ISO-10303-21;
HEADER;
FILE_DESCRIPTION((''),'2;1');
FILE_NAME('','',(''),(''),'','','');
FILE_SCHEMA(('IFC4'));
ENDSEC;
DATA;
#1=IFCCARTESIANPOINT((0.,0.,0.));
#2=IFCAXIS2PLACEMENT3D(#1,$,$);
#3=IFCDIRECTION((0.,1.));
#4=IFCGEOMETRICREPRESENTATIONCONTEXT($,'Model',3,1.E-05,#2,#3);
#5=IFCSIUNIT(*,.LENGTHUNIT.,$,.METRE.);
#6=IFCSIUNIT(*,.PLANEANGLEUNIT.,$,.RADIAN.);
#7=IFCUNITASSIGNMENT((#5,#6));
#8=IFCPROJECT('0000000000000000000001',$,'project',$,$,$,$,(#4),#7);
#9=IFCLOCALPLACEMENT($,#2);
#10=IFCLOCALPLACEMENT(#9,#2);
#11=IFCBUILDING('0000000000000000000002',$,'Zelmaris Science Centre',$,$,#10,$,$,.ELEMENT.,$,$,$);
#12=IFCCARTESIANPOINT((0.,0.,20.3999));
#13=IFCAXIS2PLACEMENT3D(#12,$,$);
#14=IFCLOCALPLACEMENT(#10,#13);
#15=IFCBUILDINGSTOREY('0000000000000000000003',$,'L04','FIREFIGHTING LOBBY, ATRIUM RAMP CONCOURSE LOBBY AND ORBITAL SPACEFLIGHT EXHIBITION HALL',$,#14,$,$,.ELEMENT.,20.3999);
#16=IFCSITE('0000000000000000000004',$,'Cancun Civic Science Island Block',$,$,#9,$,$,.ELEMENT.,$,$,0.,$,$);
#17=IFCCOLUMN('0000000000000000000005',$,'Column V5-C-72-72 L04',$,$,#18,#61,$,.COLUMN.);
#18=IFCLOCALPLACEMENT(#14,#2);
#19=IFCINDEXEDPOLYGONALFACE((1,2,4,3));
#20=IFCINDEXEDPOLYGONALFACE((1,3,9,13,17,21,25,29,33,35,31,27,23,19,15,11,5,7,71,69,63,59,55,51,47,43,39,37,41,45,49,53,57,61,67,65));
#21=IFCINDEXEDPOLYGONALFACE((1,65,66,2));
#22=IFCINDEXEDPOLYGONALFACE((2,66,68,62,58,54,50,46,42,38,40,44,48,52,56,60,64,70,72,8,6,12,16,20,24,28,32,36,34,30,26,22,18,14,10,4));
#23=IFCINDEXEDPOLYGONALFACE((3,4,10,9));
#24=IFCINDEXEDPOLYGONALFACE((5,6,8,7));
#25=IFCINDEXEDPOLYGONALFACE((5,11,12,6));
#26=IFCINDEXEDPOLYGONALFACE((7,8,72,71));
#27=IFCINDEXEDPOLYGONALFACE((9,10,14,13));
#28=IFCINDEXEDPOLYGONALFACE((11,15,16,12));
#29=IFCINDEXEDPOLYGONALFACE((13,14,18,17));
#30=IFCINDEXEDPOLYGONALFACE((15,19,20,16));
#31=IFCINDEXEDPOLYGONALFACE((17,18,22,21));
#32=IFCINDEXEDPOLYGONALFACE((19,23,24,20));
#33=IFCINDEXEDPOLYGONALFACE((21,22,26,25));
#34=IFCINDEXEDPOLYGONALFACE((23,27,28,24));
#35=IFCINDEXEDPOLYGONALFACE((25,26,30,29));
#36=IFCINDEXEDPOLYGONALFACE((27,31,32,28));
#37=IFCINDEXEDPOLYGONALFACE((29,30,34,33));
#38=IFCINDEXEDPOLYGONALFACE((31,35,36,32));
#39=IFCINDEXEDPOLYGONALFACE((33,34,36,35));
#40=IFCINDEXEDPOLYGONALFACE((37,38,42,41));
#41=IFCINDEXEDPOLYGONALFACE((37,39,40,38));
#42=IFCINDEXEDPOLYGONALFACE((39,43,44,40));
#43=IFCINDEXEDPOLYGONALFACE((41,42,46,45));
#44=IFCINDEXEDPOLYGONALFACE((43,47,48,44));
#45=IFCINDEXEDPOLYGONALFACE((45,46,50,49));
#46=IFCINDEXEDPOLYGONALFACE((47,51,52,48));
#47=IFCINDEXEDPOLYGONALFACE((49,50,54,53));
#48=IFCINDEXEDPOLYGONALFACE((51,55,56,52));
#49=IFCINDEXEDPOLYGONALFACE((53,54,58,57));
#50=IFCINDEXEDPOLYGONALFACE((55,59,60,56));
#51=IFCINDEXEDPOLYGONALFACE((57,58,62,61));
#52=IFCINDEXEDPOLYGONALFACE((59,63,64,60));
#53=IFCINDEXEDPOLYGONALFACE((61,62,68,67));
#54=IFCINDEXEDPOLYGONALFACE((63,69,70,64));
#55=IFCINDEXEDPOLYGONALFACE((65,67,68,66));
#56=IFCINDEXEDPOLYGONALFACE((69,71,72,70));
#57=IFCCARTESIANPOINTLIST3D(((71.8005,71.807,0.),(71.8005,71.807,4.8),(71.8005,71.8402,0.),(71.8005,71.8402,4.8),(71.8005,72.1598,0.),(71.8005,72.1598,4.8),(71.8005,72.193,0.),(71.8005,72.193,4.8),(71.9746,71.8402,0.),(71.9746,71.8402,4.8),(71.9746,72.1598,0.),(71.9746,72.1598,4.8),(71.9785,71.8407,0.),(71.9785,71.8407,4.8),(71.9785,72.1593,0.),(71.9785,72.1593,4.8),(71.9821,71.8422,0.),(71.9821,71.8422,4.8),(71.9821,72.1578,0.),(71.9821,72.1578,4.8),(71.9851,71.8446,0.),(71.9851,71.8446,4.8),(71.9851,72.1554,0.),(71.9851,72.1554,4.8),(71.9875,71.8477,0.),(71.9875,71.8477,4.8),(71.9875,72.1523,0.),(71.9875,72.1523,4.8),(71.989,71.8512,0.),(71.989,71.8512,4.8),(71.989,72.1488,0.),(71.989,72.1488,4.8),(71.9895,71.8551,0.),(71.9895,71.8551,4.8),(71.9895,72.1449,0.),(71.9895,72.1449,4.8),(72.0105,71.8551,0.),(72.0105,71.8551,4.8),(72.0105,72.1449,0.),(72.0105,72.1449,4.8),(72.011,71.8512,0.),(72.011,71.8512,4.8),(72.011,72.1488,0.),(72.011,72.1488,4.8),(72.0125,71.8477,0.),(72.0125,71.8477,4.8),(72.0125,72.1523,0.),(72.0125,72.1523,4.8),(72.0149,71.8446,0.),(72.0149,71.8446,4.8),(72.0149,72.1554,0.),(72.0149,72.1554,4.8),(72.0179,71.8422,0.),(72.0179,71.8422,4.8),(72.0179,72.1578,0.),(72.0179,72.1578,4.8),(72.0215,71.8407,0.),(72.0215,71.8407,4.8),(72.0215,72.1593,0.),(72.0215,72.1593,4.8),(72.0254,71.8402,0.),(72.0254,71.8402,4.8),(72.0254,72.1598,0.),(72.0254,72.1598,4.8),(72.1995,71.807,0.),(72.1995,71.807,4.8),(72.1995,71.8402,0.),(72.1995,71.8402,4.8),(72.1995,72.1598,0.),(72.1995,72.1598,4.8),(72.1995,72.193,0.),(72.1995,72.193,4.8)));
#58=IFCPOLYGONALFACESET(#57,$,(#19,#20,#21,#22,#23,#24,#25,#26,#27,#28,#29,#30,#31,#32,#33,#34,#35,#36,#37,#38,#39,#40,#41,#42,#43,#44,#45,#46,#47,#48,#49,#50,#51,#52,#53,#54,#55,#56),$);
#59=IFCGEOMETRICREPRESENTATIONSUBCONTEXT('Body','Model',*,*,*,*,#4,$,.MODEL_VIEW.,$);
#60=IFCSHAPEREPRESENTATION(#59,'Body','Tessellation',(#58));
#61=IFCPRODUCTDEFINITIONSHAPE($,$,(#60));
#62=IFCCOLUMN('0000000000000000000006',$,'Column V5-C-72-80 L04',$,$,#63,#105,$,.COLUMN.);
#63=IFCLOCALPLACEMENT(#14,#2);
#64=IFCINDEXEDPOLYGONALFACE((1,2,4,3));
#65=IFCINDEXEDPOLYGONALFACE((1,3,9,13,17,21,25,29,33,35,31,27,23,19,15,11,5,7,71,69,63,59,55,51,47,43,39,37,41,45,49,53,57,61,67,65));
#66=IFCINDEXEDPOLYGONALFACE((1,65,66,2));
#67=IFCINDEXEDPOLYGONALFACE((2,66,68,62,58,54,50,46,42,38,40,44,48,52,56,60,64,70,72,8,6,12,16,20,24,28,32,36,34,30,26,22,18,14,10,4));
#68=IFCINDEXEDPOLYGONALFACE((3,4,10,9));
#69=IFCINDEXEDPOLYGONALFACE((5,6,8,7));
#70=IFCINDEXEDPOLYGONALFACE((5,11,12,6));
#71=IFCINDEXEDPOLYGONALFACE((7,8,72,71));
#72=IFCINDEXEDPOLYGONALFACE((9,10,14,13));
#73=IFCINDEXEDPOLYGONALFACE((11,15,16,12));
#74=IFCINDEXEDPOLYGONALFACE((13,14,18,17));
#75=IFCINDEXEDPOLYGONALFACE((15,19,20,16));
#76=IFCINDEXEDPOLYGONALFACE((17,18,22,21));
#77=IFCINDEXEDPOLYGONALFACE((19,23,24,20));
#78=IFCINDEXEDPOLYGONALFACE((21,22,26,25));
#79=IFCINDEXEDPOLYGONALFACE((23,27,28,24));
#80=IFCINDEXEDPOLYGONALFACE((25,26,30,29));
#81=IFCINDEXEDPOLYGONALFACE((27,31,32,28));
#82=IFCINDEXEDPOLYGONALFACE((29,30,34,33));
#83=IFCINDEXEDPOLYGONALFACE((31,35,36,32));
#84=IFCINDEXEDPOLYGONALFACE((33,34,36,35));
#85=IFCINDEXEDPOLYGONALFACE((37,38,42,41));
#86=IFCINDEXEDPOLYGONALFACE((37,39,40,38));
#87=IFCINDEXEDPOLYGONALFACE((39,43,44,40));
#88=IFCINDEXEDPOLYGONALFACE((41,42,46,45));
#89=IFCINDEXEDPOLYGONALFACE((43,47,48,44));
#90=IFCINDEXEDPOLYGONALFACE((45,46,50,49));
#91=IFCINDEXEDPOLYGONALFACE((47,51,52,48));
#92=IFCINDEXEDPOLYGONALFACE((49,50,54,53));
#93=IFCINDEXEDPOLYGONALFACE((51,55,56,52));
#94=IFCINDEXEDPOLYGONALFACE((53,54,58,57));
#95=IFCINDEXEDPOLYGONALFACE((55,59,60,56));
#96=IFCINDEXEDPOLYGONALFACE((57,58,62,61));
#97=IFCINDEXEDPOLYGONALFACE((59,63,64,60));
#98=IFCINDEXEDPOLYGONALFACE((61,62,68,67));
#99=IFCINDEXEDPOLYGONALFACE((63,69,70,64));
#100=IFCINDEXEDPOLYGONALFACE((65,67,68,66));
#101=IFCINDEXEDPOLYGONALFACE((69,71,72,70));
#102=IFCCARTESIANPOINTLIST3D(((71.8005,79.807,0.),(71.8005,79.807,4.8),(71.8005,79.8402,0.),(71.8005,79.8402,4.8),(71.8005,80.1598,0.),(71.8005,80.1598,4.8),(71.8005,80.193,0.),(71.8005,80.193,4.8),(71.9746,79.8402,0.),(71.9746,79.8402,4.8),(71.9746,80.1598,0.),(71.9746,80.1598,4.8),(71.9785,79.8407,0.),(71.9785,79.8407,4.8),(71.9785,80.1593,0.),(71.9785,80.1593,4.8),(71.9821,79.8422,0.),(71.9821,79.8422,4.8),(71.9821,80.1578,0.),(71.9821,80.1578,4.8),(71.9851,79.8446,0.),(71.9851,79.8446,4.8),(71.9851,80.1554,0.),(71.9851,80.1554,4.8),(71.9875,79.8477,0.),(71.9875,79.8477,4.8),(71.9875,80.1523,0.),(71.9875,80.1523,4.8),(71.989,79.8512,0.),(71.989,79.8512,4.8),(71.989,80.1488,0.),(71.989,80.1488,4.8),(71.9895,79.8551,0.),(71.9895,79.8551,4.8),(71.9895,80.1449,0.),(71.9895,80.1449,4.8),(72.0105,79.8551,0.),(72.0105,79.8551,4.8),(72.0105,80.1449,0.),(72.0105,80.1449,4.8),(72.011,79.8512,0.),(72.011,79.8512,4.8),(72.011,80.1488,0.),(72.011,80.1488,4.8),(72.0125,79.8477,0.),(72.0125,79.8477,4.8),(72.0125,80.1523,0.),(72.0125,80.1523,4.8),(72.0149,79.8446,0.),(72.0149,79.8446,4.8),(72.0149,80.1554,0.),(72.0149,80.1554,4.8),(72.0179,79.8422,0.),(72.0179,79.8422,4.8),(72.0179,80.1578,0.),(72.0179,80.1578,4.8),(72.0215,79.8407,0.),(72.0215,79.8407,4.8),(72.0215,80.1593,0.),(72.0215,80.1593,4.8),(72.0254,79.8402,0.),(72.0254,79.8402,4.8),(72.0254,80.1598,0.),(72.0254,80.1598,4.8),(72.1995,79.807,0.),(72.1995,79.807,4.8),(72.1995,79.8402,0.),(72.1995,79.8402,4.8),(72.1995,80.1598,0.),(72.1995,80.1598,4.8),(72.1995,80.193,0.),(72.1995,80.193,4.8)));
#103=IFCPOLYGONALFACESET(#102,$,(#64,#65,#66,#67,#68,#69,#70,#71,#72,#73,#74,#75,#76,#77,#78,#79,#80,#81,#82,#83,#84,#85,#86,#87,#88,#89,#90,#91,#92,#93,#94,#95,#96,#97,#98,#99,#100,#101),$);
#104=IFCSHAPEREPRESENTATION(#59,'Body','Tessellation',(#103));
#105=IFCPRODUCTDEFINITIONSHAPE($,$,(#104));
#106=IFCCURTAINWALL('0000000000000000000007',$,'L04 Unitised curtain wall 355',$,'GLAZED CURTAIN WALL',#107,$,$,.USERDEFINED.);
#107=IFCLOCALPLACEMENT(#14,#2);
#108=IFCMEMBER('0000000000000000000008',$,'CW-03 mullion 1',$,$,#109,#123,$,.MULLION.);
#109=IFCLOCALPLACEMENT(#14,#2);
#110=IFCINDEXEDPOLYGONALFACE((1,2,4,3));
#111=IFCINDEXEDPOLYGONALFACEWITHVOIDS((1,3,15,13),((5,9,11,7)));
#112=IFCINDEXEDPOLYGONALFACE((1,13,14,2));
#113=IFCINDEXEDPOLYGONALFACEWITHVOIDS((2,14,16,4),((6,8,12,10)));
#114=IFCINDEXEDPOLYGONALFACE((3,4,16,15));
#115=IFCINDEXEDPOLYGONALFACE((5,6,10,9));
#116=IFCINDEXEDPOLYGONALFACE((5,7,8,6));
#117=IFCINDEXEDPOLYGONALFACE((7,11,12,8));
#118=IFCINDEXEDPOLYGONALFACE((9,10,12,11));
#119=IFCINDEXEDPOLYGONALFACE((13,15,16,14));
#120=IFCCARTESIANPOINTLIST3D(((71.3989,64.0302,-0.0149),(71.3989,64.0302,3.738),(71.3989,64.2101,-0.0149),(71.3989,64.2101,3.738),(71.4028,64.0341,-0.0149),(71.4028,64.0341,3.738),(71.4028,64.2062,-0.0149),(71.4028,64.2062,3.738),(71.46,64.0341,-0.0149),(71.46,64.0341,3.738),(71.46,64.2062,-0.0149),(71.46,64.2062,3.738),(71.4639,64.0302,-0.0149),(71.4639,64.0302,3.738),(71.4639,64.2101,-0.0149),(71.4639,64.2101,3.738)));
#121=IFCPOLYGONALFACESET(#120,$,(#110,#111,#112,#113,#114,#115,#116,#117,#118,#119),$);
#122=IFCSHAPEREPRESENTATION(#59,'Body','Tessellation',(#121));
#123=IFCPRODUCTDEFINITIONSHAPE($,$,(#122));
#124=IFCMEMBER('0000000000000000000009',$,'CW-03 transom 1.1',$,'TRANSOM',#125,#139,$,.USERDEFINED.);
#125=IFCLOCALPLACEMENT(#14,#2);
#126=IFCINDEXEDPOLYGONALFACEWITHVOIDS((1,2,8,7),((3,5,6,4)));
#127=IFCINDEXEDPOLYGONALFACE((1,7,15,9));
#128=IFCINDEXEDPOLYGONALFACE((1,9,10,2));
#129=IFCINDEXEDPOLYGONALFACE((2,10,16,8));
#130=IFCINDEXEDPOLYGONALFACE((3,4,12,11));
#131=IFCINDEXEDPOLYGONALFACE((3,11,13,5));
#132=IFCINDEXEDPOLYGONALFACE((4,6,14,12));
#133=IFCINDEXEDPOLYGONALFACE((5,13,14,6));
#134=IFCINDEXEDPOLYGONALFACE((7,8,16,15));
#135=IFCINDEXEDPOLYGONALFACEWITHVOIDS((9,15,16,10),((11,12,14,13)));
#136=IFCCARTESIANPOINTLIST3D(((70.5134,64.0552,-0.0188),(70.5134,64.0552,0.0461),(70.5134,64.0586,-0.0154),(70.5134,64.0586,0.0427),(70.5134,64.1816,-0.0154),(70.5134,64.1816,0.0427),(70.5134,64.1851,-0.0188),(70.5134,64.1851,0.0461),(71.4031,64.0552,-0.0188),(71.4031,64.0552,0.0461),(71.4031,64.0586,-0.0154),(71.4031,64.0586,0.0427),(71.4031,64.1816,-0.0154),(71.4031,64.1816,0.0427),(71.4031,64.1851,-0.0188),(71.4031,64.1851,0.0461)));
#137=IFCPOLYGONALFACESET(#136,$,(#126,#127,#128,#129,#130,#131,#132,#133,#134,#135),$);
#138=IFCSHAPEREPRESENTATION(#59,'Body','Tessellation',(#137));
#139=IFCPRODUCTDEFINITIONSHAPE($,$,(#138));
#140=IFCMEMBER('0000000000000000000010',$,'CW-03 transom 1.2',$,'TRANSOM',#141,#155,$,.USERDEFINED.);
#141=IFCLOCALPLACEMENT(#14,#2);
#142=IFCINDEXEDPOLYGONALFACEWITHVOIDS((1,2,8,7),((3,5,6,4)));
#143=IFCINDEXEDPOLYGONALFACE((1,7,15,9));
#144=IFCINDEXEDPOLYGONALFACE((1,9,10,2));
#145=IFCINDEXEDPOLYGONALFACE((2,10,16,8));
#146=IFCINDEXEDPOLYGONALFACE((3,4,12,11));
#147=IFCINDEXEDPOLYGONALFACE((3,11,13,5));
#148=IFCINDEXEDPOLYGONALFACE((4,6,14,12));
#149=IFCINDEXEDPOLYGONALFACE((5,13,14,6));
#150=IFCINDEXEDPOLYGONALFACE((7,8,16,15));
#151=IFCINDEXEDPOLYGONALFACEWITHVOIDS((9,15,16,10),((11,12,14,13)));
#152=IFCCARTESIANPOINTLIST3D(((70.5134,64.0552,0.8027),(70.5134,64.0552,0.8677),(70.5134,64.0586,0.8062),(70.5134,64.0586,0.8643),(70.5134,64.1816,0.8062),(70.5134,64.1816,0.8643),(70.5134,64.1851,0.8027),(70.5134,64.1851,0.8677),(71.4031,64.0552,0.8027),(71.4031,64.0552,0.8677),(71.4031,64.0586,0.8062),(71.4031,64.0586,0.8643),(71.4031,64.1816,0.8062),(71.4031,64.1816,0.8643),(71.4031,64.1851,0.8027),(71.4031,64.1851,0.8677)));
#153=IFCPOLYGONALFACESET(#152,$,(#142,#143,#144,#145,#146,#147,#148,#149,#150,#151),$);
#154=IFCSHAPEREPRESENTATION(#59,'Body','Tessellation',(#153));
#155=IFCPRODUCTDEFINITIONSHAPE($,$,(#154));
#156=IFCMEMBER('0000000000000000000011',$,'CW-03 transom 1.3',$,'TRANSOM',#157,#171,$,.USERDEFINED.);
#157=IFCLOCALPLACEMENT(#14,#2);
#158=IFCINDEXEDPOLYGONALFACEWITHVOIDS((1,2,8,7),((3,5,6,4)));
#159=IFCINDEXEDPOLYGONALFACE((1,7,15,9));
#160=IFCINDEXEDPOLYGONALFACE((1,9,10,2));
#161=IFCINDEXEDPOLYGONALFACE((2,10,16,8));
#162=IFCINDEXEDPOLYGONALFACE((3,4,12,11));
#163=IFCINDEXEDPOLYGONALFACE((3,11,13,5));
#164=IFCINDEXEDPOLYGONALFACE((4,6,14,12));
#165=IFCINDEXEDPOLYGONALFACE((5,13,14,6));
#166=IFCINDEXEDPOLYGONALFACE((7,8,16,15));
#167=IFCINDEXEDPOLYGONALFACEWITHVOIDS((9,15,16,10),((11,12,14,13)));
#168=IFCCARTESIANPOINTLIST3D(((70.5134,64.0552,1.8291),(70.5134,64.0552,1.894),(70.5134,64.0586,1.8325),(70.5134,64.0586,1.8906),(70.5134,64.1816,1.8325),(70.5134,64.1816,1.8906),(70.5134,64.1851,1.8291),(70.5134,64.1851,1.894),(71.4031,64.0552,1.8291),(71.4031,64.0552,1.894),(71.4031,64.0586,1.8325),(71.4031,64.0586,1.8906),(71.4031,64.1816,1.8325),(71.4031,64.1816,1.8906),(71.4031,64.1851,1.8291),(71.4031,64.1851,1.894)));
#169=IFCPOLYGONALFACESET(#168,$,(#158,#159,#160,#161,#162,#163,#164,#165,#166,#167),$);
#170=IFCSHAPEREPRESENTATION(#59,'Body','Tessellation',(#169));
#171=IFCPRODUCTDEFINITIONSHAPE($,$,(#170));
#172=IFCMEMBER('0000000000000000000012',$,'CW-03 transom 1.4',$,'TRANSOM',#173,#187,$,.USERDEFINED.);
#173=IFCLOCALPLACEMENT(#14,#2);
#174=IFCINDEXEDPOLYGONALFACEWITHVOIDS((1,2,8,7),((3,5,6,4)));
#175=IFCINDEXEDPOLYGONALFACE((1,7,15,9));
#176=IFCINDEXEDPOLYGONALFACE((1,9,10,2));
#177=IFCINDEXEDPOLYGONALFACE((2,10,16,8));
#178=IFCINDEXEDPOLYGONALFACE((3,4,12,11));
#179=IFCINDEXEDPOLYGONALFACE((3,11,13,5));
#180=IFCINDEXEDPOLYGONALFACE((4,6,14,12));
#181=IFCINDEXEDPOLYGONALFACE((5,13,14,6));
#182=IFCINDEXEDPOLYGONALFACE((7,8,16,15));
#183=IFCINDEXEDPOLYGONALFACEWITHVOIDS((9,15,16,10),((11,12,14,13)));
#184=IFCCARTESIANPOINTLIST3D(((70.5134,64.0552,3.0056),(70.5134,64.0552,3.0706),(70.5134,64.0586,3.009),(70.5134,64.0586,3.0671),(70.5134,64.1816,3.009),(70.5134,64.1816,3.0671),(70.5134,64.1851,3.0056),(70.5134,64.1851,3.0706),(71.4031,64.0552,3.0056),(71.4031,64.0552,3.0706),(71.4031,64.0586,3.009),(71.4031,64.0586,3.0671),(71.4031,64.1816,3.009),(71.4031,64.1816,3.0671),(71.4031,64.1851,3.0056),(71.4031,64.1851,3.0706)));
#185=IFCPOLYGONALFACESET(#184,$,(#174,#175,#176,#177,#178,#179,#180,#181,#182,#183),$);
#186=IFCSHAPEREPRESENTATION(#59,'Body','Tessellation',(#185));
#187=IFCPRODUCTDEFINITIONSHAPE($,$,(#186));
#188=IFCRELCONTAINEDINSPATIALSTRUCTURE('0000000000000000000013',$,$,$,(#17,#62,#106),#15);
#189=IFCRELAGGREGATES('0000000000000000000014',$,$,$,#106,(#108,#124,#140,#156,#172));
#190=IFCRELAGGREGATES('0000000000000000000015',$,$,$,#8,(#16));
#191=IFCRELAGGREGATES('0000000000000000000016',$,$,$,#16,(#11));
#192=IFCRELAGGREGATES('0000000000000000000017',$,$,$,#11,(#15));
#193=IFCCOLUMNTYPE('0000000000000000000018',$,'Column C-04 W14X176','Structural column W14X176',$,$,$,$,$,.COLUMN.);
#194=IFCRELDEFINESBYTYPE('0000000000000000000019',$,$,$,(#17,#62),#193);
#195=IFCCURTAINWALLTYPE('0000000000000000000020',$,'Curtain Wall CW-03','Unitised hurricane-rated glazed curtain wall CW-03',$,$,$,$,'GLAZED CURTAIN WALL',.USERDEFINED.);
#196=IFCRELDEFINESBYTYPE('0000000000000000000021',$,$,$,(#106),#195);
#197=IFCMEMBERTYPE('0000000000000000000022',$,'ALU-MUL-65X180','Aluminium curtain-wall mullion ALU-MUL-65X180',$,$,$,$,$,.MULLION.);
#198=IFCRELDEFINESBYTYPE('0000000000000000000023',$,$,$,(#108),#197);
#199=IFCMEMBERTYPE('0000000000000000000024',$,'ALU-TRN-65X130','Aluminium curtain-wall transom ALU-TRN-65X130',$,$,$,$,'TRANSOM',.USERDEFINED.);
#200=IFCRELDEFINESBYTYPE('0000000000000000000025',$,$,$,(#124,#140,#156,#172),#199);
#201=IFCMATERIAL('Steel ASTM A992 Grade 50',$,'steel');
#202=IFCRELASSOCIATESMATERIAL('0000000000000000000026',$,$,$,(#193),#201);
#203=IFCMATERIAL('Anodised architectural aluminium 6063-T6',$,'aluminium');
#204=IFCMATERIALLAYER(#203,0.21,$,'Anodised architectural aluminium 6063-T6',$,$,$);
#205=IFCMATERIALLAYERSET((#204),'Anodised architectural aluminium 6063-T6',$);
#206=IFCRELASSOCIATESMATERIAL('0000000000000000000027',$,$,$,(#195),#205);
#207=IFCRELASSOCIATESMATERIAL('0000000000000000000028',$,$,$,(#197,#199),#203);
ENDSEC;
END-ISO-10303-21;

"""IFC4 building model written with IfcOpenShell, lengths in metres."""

from ifc_helpers import new_model, si_unit, direction, frame, origin, origin_2d, place, context, subcontext, project, spatial, hollow_rectangle, i_section, extrude, material, layer, layer_set, material_profile, profile_set, type_object, element, aggregate, save


model = new_model("IFC4")

# Units and contexts
model_context = context("Model", 3, precision=1e-05, world=origin(), true_north=direction((0.0, 1.0)))
body_context = subcontext(model_context, "Body", "Model", "MODEL_VIEW")
ifc_project = project(units=[si_unit("LENGTHUNIT", "METRE"), si_unit("PLANEANGLEUNIT", "RADIAN")], contexts=[model_context])

# Site, building, storey
site_placement = place(None, origin())
site = spatial("IfcSite", under=ifc_project, at=site_placement, Name="Cancun Civic Science Island Block", CompositionType="ELEMENT", RefElevation=0.0)
building_placement = place(site_placement, origin())
building = spatial("IfcBuilding", under=site, at=building_placement, Name="Zelmaris Science Centre", CompositionType="ELEMENT")
storey_placement = place(building_placement, frame((0.0, 0.0, 20.3999)))
storey = spatial("IfcBuildingStorey", under=building, at=storey_placement, Name="L04", Description="FIREFIGHTING LOBBY, ATRIUM RAMP CONCOURSE LOBBY AND ORBITAL SPACEFLIGHT EXHIBITION HALL", CompositionType="ELEMENT", Elevation=20.3999)

# Columns
ifc_material_1 = material(Name="Steel ASTM A992 Grade 50", Category="steel")
ifc_material_profile_1 = material_profile(ifc_material_1, i_section(OverallWidth=0.3989, OverallDepth=0.386, WebThickness=0.021, FlangeThickness=0.0332, FilletRadius=0.0149, at=origin_2d()), Name="W14X176")
ifc_profile_set_1 = profile_set([ifc_material_profile_1], Name="Steel ASTM A992 Grade 50")
column_type = type_object("IfcColumnType", Name="Column C-04 W14X176", Description="Structural column W14X176", PredefinedType="COLUMN", material=ifc_profile_set_1)
for number, where, z_axis, x_axis, name in (
    (1, (72.0, 72.0, 0.0), (0.0, 0.0, 1.0), (1.0, 0.0, 0.0), "Column V5-C-72-72 L04"),
    (2, (72.0, 80.0, 0.0), (0.0, 0.0, 1.0), (1.0, 0.0, 0.0), "Column V5-C-72-80 L04"),
):
    element("IfcColumn", number, at=place(storey_placement, frame(where, z_axis=z_axis, x_axis=x_axis)), inside=storey, type_object=column_type, Name=name, PredefinedType="COLUMN", context=body_context, shape_type="SweptSolid", body=[
        extrude(i_section(OverallWidth=0.3989, OverallDepth=0.386, WebThickness=0.021, FlangeThickness=0.0332, FilletRadius=0.0149, at=origin_2d()), origin(), (0.0, 0.0, 1.0), 4.8),
    ])

# Curtain wall, members
ifc_material_2 = material(Name="Anodised architectural aluminium 6063-T6", Category="aluminium")
ifc_layer_1 = layer(ifc_material_2, 0.21, Name="Anodised architectural aluminium 6063-T6")
ifc_layer_set_1 = layer_set([ifc_layer_1], Name="Anodised architectural aluminium 6063-T6")
curtain_wall_type = type_object("IfcCurtainWallType", Name="Curtain Wall CW-03", Description="Unitised hurricane-rated glazed curtain wall CW-03", ElementType="GLAZED CURTAIN WALL", PredefinedType="USERDEFINED", material=ifc_layer_set_1)
curtain_wall_placement = place(storey_placement, origin())
curtain_wall = element("IfcCurtainWall", 3, at=curtain_wall_placement, inside=storey, type_object=curtain_wall_type, Name="L04 Unitised curtain wall 355", ObjectType="GLAZED CURTAIN WALL", PredefinedType="USERDEFINED")
ifc_material_profile_2 = material_profile(ifc_material_2, hollow_rectangle(XDim=0.0649, YDim=0.1799, WallThickness=0.0039, at=origin_2d()), Name="ALU-MUL-65X180")
ifc_profile_set_2 = profile_set([ifc_material_profile_2], Name="Anodised architectural aluminium 6063-T6")
member_type_1 = type_object("IfcMemberType", Name="ALU-MUL-65X180", Description="Aluminium curtain-wall mullion ALU-MUL-65X180", PredefinedType="MULLION", material=ifc_profile_set_2)
member_1_placement = place(storey_placement, frame((71.4314, 64.1201, -0.0149), z_axis=(0.0, 0.0, 1.0), x_axis=(-1.0, 0.000003, 0.0)))
member_1 = element("IfcMember", 4, at=member_1_placement, type_object=member_type_1, Name="CW-03 mullion 1", PredefinedType="MULLION", context=body_context, shape_type="SweptSolid", body=[
    extrude(hollow_rectangle(XDim=0.0649, YDim=0.1799, WallThickness=0.0039, at=origin_2d()), origin(), (0.0, 0.0, 1.0), 3.7529),
])
ifc_material_profile_3 = material_profile(ifc_material_2, hollow_rectangle(XDim=0.0649, YDim=0.1299, WallThickness=0.0034, at=origin_2d()), Name="ALU-TRN-65X130")
ifc_profile_set_3 = profile_set([ifc_material_profile_3], Name="Anodised architectural aluminium 6063-T6")
member_type_2 = type_object("IfcMemberType", Name="ALU-TRN-65X130", Description="Aluminium curtain-wall transom ALU-TRN-65X130", ElementType="TRANSOM", PredefinedType="USERDEFINED", material=ifc_profile_set_3)
member_2_placement = place(storey_placement, frame((71.4031, 64.1201, 0.0137), z_axis=(-1.0, 0.0, 0.0), x_axis=(0.0, 0.0, 1.0)))
member_2 = element("IfcMember", 5, at=member_2_placement, type_object=member_type_2, Name="CW-03 transom 1.1", ObjectType="TRANSOM", PredefinedType="USERDEFINED", context=body_context, shape_type="SweptSolid", body=[
    extrude(hollow_rectangle(XDim=0.0649, YDim=0.1299, WallThickness=0.0034, at=origin_2d()), origin(), (0.0, 0.0, 1.0), 0.8896),
])
member_3_placement = place(storey_placement, frame((71.4031, 64.1201, 0.8352), z_axis=(-1.0, 0.0, 0.0), x_axis=(0.0, 0.0, 1.0)))
member_3 = element("IfcMember", 6, at=member_3_placement, type_object=member_type_2, Name="CW-03 transom 1.2", ObjectType="TRANSOM", PredefinedType="USERDEFINED", context=body_context, shape_type="SweptSolid", body=[
    extrude(hollow_rectangle(XDim=0.0649, YDim=0.1299, WallThickness=0.0034, at=origin_2d()), origin(), (0.0, 0.0, 1.0), 0.8896),
])
member_4_placement = place(storey_placement, frame((71.4031, 64.1201, 1.8616), z_axis=(-1.0, 0.0, 0.0), x_axis=(0.0, 0.0, 1.0)))
member_4 = element("IfcMember", 7, at=member_4_placement, type_object=member_type_2, Name="CW-03 transom 1.3", ObjectType="TRANSOM", PredefinedType="USERDEFINED", context=body_context, shape_type="SweptSolid", body=[
    extrude(hollow_rectangle(XDim=0.0649, YDim=0.1299, WallThickness=0.0034, at=origin_2d()), origin(), (0.0, 0.0, 1.0), 0.8896),
])
member_5_placement = place(storey_placement, frame((71.4031, 64.1201, 3.0381), z_axis=(-1.0, 0.0, 0.0), x_axis=(0.0, 0.0, 1.0)))
member_5 = element("IfcMember", 8, at=member_5_placement, type_object=member_type_2, Name="CW-03 transom 1.4", ObjectType="TRANSOM", PredefinedType="USERDEFINED", context=body_context, shape_type="SweptSolid", body=[
    extrude(hollow_rectangle(XDim=0.0649, YDim=0.1299, WallThickness=0.0034, at=origin_2d()), origin(), (0.0, 0.0, 1.0), 0.8896),
])

aggregate(curtain_wall, [member_1, member_2, member_3, member_4, member_5])

save(model, "model.ifc")
